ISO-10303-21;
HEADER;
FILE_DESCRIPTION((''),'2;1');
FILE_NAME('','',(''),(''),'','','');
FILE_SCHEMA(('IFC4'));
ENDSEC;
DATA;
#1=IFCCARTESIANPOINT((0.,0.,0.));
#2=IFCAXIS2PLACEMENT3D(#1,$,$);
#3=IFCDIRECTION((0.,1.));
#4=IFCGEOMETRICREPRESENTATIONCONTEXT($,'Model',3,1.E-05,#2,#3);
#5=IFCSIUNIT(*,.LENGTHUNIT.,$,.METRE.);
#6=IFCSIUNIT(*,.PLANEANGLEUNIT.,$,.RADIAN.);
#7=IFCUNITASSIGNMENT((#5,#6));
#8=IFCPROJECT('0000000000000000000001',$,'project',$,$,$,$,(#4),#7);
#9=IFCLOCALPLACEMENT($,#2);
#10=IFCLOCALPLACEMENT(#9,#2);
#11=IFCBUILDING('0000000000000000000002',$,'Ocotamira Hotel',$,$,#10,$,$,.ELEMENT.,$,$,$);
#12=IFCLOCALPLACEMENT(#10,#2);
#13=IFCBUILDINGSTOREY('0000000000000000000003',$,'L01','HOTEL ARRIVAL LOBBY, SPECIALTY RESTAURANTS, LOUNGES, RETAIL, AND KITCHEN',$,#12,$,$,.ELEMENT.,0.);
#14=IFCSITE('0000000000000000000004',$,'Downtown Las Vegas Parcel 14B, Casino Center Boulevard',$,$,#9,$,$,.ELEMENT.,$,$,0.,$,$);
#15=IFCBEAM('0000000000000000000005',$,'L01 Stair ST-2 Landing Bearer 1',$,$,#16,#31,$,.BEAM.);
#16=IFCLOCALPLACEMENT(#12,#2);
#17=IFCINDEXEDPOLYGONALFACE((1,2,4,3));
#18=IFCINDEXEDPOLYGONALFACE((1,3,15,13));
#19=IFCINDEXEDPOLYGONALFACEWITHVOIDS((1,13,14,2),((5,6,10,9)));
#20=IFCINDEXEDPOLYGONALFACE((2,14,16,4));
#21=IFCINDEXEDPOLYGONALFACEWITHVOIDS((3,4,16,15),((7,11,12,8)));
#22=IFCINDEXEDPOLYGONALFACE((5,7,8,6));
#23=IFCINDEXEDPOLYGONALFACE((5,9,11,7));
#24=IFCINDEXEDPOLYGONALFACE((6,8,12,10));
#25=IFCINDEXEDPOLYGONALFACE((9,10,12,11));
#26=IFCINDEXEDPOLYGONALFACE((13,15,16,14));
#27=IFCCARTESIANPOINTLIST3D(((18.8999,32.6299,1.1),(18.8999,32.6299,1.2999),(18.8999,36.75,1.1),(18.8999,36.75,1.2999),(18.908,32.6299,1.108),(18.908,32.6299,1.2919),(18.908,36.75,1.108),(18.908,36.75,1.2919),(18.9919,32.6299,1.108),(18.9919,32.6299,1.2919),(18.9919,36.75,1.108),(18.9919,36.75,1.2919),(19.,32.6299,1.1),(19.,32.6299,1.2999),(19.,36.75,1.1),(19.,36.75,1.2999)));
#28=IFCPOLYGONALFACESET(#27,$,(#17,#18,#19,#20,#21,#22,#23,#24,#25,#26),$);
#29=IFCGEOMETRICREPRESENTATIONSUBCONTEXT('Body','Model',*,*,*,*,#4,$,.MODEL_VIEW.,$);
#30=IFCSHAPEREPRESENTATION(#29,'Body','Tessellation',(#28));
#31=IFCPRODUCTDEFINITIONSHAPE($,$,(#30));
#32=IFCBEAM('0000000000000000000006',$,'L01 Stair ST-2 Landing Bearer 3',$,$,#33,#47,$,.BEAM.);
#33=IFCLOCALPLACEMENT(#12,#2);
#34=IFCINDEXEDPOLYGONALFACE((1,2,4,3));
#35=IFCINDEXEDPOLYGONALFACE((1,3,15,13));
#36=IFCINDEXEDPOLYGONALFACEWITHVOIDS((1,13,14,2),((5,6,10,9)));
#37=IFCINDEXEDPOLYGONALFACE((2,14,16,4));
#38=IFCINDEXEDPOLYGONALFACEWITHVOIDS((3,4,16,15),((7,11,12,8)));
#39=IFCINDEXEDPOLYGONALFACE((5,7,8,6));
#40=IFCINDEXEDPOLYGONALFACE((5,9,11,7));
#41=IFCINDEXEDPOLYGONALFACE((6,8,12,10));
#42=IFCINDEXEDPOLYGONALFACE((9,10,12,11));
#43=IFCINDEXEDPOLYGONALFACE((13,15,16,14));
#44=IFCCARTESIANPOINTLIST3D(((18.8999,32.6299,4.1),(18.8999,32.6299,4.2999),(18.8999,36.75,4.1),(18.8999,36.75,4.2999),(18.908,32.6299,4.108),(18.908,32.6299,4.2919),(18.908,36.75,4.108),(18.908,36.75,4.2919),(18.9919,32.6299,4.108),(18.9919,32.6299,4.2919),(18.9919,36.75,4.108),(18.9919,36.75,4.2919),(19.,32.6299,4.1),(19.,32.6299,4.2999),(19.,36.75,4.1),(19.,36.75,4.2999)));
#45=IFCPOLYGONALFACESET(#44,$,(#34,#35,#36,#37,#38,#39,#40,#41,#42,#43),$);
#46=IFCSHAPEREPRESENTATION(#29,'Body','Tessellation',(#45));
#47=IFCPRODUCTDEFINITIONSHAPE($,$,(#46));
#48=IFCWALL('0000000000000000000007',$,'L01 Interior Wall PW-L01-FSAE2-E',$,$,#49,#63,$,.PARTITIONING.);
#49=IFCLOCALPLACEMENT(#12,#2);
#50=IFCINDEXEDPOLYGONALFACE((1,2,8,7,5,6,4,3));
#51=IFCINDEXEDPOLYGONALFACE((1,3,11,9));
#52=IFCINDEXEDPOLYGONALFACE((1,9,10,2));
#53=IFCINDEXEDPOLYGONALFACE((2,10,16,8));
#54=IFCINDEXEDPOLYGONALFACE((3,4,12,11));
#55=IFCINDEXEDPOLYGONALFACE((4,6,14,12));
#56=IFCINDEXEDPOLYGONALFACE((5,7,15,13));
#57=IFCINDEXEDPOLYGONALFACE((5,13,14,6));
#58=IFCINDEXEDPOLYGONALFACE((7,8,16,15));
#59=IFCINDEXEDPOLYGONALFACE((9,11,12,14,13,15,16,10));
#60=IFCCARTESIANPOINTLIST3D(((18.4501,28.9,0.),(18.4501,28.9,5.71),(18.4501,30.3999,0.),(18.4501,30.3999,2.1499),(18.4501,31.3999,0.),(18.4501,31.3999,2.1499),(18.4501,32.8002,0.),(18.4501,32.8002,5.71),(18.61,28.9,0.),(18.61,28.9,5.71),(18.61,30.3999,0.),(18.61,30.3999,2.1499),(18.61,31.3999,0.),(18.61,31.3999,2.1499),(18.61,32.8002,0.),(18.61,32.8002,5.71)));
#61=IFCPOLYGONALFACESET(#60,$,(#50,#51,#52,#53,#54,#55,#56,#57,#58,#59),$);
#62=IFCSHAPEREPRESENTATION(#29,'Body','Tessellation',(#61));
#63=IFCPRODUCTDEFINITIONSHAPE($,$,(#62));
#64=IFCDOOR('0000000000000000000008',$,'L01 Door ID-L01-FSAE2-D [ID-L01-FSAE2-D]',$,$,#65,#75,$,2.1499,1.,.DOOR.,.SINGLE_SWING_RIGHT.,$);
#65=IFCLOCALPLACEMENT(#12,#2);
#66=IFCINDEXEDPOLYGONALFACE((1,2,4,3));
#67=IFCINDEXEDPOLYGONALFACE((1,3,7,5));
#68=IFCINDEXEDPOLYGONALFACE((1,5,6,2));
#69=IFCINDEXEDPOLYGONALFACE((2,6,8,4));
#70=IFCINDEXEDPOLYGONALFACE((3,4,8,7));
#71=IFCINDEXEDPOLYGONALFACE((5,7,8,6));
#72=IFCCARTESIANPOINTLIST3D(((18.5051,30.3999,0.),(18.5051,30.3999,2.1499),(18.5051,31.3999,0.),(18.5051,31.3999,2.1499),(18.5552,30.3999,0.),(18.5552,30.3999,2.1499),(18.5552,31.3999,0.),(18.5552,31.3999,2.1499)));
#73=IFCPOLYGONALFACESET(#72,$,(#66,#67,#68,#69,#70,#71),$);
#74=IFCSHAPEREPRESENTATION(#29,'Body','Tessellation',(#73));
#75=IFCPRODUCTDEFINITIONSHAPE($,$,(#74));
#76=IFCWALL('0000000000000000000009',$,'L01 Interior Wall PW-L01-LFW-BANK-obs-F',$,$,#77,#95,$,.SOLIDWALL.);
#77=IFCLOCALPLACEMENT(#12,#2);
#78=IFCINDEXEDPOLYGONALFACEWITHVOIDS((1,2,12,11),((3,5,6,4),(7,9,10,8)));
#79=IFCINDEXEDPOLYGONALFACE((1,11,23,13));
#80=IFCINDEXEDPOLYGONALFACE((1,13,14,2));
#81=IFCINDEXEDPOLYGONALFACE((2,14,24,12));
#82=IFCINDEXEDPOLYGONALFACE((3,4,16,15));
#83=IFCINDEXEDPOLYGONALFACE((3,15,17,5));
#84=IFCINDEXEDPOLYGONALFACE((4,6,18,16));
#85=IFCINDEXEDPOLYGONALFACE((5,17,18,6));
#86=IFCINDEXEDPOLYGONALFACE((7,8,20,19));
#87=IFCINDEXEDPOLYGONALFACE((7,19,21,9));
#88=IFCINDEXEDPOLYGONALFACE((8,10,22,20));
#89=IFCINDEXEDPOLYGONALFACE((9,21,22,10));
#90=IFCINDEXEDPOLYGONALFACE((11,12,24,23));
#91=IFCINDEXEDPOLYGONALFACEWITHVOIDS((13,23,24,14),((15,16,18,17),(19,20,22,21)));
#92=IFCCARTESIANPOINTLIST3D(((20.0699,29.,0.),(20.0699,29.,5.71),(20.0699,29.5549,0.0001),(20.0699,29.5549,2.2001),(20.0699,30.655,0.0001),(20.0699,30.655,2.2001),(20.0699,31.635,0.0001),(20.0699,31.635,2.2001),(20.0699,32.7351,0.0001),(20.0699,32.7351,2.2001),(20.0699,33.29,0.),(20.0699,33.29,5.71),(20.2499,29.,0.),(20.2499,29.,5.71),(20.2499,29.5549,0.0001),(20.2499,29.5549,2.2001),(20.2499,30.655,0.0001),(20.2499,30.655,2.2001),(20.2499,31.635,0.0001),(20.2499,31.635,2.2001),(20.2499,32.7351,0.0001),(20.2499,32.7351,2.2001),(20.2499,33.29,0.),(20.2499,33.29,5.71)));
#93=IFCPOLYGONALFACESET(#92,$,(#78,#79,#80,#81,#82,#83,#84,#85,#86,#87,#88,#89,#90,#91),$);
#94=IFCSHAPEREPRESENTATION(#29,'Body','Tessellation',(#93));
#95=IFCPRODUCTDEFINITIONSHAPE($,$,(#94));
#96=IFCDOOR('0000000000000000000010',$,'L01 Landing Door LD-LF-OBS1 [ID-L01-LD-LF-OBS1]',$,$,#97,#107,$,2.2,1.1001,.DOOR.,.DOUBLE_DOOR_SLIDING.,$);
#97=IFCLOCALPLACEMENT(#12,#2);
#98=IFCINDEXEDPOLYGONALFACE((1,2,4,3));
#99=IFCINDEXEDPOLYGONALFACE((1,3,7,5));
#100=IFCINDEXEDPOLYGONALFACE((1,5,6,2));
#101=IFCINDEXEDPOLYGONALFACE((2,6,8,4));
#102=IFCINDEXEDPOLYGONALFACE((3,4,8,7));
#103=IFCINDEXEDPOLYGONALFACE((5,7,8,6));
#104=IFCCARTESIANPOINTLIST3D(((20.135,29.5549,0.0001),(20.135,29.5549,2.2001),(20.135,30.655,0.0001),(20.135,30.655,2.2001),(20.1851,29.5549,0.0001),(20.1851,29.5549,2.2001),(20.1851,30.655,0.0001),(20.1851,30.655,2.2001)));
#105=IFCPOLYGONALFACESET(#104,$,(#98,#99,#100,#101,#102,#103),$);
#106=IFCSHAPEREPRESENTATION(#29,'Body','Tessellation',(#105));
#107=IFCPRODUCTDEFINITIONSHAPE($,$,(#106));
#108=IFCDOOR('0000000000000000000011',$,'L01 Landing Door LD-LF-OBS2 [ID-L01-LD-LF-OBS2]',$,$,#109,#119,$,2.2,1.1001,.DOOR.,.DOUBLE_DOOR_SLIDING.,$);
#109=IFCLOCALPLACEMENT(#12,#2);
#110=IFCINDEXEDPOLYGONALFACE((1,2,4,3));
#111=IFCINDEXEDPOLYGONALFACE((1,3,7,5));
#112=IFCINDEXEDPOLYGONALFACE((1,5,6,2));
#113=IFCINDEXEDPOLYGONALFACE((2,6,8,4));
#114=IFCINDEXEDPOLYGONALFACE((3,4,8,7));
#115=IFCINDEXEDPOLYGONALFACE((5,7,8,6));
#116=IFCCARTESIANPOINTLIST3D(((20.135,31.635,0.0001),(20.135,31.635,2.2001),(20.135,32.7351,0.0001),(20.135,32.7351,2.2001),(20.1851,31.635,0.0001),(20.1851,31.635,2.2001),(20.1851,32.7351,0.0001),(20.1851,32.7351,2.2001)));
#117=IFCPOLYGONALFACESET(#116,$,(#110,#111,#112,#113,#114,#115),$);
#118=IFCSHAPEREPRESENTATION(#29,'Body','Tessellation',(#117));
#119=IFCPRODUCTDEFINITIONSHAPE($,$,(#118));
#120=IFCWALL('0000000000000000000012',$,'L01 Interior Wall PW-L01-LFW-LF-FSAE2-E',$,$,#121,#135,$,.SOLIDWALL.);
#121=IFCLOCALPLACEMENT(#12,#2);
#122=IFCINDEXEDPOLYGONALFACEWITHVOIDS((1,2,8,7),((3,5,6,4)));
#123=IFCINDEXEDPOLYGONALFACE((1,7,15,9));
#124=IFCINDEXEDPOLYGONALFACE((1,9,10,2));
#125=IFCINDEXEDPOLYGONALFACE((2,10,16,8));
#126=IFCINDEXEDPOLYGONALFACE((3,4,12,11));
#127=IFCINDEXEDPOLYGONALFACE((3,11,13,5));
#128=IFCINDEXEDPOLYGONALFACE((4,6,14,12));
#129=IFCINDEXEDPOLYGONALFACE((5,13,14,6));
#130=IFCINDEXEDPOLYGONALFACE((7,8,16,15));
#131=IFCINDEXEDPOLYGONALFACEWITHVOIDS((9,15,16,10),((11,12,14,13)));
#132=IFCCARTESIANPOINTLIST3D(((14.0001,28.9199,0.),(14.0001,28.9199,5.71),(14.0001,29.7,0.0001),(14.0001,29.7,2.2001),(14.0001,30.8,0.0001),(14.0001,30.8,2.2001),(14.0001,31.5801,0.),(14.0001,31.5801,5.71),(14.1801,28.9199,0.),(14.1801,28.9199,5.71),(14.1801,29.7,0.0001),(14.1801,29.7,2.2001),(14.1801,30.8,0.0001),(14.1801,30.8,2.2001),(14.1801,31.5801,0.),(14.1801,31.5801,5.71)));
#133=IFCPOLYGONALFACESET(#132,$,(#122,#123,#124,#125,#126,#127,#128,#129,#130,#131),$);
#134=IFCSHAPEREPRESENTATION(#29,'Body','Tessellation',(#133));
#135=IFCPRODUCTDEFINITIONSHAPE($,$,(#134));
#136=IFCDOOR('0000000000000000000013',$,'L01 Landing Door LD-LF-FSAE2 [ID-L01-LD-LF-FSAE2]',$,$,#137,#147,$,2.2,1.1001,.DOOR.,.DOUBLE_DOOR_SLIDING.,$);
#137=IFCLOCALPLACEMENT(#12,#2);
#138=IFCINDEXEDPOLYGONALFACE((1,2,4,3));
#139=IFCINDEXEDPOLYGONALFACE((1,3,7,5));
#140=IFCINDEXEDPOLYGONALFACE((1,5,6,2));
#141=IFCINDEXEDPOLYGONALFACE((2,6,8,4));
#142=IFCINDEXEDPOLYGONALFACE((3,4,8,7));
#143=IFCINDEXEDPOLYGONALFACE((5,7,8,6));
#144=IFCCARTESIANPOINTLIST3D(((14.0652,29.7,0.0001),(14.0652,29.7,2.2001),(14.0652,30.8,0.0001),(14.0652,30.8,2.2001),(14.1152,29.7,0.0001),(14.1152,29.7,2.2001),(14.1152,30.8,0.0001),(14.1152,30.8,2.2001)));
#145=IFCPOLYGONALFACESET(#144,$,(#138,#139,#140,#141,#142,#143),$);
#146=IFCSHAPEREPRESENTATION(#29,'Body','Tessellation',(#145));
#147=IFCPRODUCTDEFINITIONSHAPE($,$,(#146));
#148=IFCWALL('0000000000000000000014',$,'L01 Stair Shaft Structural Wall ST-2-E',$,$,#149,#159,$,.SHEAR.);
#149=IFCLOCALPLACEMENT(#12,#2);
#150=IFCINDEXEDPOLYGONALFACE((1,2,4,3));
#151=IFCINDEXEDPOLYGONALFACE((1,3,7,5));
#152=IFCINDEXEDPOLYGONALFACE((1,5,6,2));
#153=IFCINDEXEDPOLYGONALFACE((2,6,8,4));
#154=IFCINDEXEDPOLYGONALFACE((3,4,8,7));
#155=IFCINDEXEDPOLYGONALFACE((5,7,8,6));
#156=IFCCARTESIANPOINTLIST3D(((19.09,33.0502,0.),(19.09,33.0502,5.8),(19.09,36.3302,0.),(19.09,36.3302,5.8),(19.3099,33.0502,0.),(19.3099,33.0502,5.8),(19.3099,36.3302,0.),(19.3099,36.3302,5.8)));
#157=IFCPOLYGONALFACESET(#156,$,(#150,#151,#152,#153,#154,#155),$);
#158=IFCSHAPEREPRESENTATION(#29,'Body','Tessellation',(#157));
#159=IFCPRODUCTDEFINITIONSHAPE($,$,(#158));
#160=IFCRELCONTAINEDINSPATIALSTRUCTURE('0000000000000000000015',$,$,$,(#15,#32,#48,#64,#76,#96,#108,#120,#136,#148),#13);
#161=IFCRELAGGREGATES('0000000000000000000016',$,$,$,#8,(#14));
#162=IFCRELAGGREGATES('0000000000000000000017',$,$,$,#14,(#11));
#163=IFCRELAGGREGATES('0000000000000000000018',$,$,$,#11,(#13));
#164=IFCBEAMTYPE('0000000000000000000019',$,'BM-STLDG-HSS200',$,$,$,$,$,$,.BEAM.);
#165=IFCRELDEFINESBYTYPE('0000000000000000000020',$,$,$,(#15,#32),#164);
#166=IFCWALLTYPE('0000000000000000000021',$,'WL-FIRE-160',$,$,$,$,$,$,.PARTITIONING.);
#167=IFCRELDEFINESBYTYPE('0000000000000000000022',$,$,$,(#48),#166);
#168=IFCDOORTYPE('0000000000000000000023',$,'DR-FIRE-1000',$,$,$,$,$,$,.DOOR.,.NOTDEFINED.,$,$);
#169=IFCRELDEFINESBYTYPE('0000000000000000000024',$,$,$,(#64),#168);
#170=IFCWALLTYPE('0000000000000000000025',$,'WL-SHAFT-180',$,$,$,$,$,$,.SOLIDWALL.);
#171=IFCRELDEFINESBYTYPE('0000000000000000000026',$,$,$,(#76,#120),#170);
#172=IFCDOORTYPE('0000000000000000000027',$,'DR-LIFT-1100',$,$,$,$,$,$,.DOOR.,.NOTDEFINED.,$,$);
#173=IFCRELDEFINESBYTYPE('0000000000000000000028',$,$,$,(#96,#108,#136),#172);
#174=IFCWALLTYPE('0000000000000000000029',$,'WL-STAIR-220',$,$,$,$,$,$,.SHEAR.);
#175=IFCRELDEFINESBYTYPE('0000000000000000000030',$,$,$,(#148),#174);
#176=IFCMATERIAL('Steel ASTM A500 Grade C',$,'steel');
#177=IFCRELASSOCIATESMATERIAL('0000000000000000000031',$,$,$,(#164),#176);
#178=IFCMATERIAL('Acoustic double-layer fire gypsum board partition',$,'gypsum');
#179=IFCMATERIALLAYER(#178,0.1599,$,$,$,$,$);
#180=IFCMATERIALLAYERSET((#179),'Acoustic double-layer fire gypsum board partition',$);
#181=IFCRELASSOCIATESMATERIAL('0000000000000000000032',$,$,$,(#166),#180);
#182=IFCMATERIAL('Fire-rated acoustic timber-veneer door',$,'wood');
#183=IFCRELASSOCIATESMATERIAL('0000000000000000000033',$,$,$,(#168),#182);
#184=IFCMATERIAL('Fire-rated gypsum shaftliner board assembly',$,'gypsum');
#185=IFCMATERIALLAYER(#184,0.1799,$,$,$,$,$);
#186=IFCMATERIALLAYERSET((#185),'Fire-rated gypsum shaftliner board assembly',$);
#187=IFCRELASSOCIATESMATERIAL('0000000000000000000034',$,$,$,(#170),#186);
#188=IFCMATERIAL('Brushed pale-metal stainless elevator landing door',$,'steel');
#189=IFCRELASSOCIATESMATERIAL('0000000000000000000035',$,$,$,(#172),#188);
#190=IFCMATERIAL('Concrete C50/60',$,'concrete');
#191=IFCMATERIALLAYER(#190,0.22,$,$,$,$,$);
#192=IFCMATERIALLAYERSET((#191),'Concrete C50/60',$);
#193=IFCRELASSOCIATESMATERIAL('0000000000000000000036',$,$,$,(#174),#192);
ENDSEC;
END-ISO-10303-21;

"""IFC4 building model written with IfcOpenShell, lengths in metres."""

from ifc_helpers import new_model, si_unit, direction, frame, frame_2d, origin, origin_2d, place, context, subcontext, project, spatial, rectangle, hollow_rectangle, extrude, source, transform, mapped, material, layer, layer_set, material_profile, profile_set, type_object, element, fill, save


model = new_model("IFC4")

# Units and contexts
model_context = context("Model", 3, precision=1e-05, world=origin(), true_north=direction((0.0, 1.0)))
body_context = subcontext(model_context, "Body", "Model", "MODEL_VIEW")
ifc_project = project(units=[si_unit("LENGTHUNIT", "METRE"), si_unit("PLANEANGLEUNIT", "RADIAN")], contexts=[model_context])

# Site, building, storey
site_placement = place(None, origin())
site = spatial("IfcSite", under=ifc_project, at=site_placement, Name="Downtown Las Vegas Parcel 14B, Casino Center Boulevard", CompositionType="ELEMENT", RefElevation=0.0)
building_placement = place(site_placement, origin())
building = spatial("IfcBuilding", under=site, at=building_placement, Name="Ocotamira Hotel", CompositionType="ELEMENT")
storey_placement = place(building_placement, origin())
storey = spatial("IfcBuildingStorey", under=building, at=storey_placement, Name="L01", Description="HOTEL ARRIVAL LOBBY, SPECIALTY RESTAURANTS, LOUNGES, RETAIL, AND KITCHEN", CompositionType="ELEMENT", Elevation=0.0)

# Beams
ifc_material_1 = material(Name="Steel ASTM A500 Grade C", Category="steel")
ifc_material_profile = material_profile(ifc_material_1, hollow_rectangle(XDim=0.1001, YDim=0.2, WallThickness=0.0081, at=origin_2d()), Name="HSS200X100X8")
ifc_profile_set = profile_set([ifc_material_profile], Name="Steel ASTM A500 Grade C")
beam_type = type_object("IfcBeamType", Name="BM-STLDG-HSS200", PredefinedType="BEAM", material=ifc_profile_set)
shared_shape_1 = source(origin(), body_context, "Body", "SweptSolid", [
    extrude(hollow_rectangle(XDim=0.1001, YDim=0.2, WallThickness=0.0081, at=origin_2d()), origin(), (0.0, 0.0, 1.0), 4.1201),
])
for number, where, z_axis, x_axis, name in (
    (1, (18.95, 32.6299, 1.2), (0.0, 1.0, 0.0), (-1.0, 0.0, 0.0), "L01 Stair ST-2 Landing Bearer 1"),
    (2, (18.95, 32.6299, 4.2), (0.0, 1.0, 0.0), (-1.0, 0.0, 0.0), "L01 Stair ST-2 Landing Bearer 3"),
):
    element("IfcBeam", number, at=place(storey_placement, frame(where, z_axis=z_axis, x_axis=x_axis)), inside=storey, type_object=beam_type, Name=name, PredefinedType="BEAM", context=body_context, shape_type="MappedRepresentation", body=[
        mapped(shared_shape_1, transform((0.0, 0.0, 0.0), scale=1.0)),
    ])

# Wall, opening, door
ifc_material_2 = material(Name="Acoustic double-layer fire gypsum board partition", Category="gypsum")
ifc_layer_1 = layer(ifc_material_2, 0.1599)
ifc_layer_set_1 = layer_set([ifc_layer_1], Name="Acoustic double-layer fire gypsum board partition")
wall_type_1 = type_object("IfcWallType", Name="WL-FIRE-160", PredefinedType="PARTITIONING", material=ifc_layer_set_1)
wall_1_placement = place(storey_placement, frame((18.53, 28.8999, 0.0), z_axis=(0.0, 0.0, 1.0), x_axis=(0.0, 1.0, 0.0)))
wall_1 = element("IfcWall", 3, at=wall_1_placement, inside=storey, type_object=wall_type_1, Name="L01 Interior Wall PW-L01-FSAE2-E", PredefinedType="PARTITIONING", context=body_context, shape_type="SweptSolid", body=[
    extrude(rectangle(XDim=3.9001, YDim=0.1599, at=frame_2d((1.9502, 0.0))), origin(), (0.0, 0.0, 1.0), 5.71),
])
opening_1_placement = place(wall_1_placement, frame((1.5, 0.0, 0.0)))
opening_1 = element("IfcOpeningElement", 4, at=opening_1_placement, cuts=wall_1, PredefinedType="OPENING", context=body_context, shape_type="SweptSolid", body=[
    extrude(rectangle(XDim=1.0, YDim=2.1499, at=frame_2d((0.5, 1.075))), frame((0.0, 0.0898, 0.0), z_axis=(0.0, -1.0, 0.0), x_axis=(1.0, 0.0, 0.0)), (0.0, 0.0, 1.0), 0.1799),
])
ifc_material_3 = material(Name="Fire-rated acoustic timber-veneer door", Category="wood")
door_type_1 = type_object("IfcDoorType", Name="DR-FIRE-1000", OperationType="NOTDEFINED", PredefinedType="DOOR", material=ifc_material_3)
shared_shape_2 = source(origin(), body_context, "Body", "SweptSolid", [
    extrude(rectangle(XDim=1.0, YDim=2.1499, at=frame_2d((0.5, 1.075))), frame((0.0, 0.0249, 0.0), z_axis=(0.0, -1.0, 0.0), x_axis=(1.0, 0.0, 0.0)), (0.0, 0.0, 1.0), 0.05),
])
door_1_placement = place(opening_1_placement, origin())
door_1 = element("IfcDoor", 5, at=door_1_placement, inside=storey, type_object=door_type_1, Name="L01 Door ID-L01-FSAE2-D [ID-L01-FSAE2-D]", OperationType="SINGLE_SWING_RIGHT", OverallHeight=2.1499, OverallWidth=1.0, PredefinedType="DOOR", context=body_context, shape_type="MappedRepresentation", body=[
    mapped(shared_shape_2, transform((0.0, 0.0, 0.0), scale=1.0)),
])
fill(opening_1, door_1)

# Wall, openings, doors
ifc_material_4 = material(Name="Fire-rated gypsum shaftliner board assembly", Category="gypsum")
ifc_layer_2 = layer(ifc_material_4, 0.1799)
ifc_layer_set_2 = layer_set([ifc_layer_2], Name="Fire-rated gypsum shaftliner board assembly")
wall_type_2 = type_object("IfcWallType", Name="WL-SHAFT-180", PredefinedType="SOLIDWALL", material=ifc_layer_set_2)
wall_2_placement = place(storey_placement, frame((20.1599, 29.0, 0.0), z_axis=(0.0, 0.0, 1.0), x_axis=(0.0, 1.0, 0.0)))
wall_2 = element("IfcWall", 6, at=wall_2_placement, inside=storey, type_object=wall_type_2, Name="L01 Interior Wall PW-L01-LFW-BANK-obs-F", PredefinedType="SOLIDWALL", context=body_context, shape_type="SweptSolid", body=[
    extrude(rectangle(XDim=4.29, YDim=0.1799, at=frame_2d((2.145, 0.0))), origin(), (0.0, 0.0, 1.0), 5.71),
])
opening_2_placement = place(wall_2_placement, frame((0.5549, 0.0, 0.0)))
opening_2 = element("IfcOpeningElement", 7, at=opening_2_placement, cuts=wall_2, PredefinedType="OPENING", context=body_context, shape_type="SweptSolid", body=[
    extrude(rectangle(XDim=1.1001, YDim=2.2, at=frame_2d((0.55, 1.1001))), frame((0.0, 0.1001, 0.0), z_axis=(0.0, -1.0, 0.0), x_axis=(1.0, 0.0, 0.0)), (0.0, 0.0, 1.0), 0.2),
])
opening_3_placement = place(wall_2_placement, frame((2.635, 0.0, 0.0)))
opening_3 = element("IfcOpeningElement", 8, at=opening_3_placement, cuts=wall_2, PredefinedType="OPENING", context=body_context, shape_type="SweptSolid", body=[
    extrude(rectangle(XDim=1.1001, YDim=2.2, at=frame_2d((0.55, 1.1001))), frame((0.0, 0.1001, 0.0), z_axis=(0.0, -1.0, 0.0), x_axis=(1.0, 0.0, 0.0)), (0.0, 0.0, 1.0), 0.2),
])
ifc_material_5 = material(Name="Brushed pale-metal stainless elevator landing door", Category="steel")
door_type_2 = type_object("IfcDoorType", Name="DR-LIFT-1100", OperationType="NOTDEFINED", PredefinedType="DOOR", material=ifc_material_5)
shared_shape_3 = source(origin(), body_context, "Body", "SweptSolid", [
    extrude(rectangle(XDim=1.1001, YDim=2.2, at=frame_2d((0.55, 1.1001))), frame((0.0, 0.0249, 0.0), z_axis=(0.0, -1.0, 0.0), x_axis=(1.0, 0.0, 0.0)), (0.0, 0.0, 1.0), 0.05),
])
door_2_placement = place(opening_2_placement, origin())
door_2 = element("IfcDoor", 9, at=door_2_placement, inside=storey, type_object=door_type_2, Name="L01 Landing Door LD-LF-OBS1 [ID-L01-LD-LF-OBS1]", OperationType="DOUBLE_DOOR_SLIDING", OverallHeight=2.2, OverallWidth=1.1001, PredefinedType="DOOR", context=body_context, shape_type="MappedRepresentation", body=[
    mapped(shared_shape_3, transform((0.0, 0.0, 0.0), scale=1.0)),
])
fill(opening_2, door_2)
door_3_placement = place(opening_3_placement, origin())
door_3 = element("IfcDoor", 10, at=door_3_placement, inside=storey, type_object=door_type_2, Name="L01 Landing Door LD-LF-OBS2 [ID-L01-LD-LF-OBS2]", OperationType="DOUBLE_DOOR_SLIDING", OverallHeight=2.2, OverallWidth=1.1001, PredefinedType="DOOR", context=body_context, shape_type="MappedRepresentation", body=[
    mapped(shared_shape_3, transform((0.0, 0.0, 0.0), scale=1.0)),
])
fill(opening_3, door_3)

# Wall, opening, door
wall_3_placement = place(storey_placement, frame((14.0901, 28.9199, 0.0), z_axis=(0.0, 0.0, 1.0), x_axis=(0.0, 1.0, 0.0)))
wall_3 = element("IfcWall", 11, at=wall_3_placement, inside=storey, type_object=wall_type_2, Name="L01 Interior Wall PW-L01-LFW-LF-FSAE2-E", PredefinedType="SOLIDWALL", context=body_context, shape_type="SweptSolid", body=[
    extrude(rectangle(XDim=2.6602, YDim=0.1799, at=frame_2d((1.3301, 0.0))), origin(), (0.0, 0.0, 1.0), 5.71),
])
opening_4_placement = place(wall_3_placement, frame((0.78, 0.0, 0.0)))
opening_4 = element("IfcOpeningElement", 12, at=opening_4_placement, cuts=wall_3, PredefinedType="OPENING", context=body_context, shape_type="SweptSolid", body=[
    extrude(rectangle(XDim=1.1001, YDim=2.2, at=frame_2d((0.55, 1.1001))), frame((0.0, 0.1001, 0.0), z_axis=(0.0, -1.0, 0.0), x_axis=(1.0, 0.0, 0.0)), (0.0, 0.0, 1.0), 0.2),
])
door_4_placement = place(opening_4_placement, origin())
door_4 = element("IfcDoor", 13, at=door_4_placement, inside=storey, type_object=door_type_2, Name="L01 Landing Door LD-LF-FSAE2 [ID-L01-LD-LF-FSAE2]", OperationType="DOUBLE_DOOR_SLIDING", OverallHeight=2.2, OverallWidth=1.1001, PredefinedType="DOOR", context=body_context, shape_type="MappedRepresentation", body=[
    mapped(shared_shape_3, transform((0.0, 0.0, 0.0), scale=1.0)),
])
fill(opening_4, door_4)

# Wall
ifc_material_6 = material(Name="Concrete C50/60", Category="concrete")
ifc_layer_3 = layer(ifc_material_6, 0.22)
ifc_layer_set_3 = layer_set([ifc_layer_3], Name="Concrete C50/60")
wall_type_3 = type_object("IfcWallType", Name="WL-STAIR-220", PredefinedType="SHEAR", material=ifc_layer_set_3)
wall_4_placement = place(storey_placement, frame((19.2, 33.05, 0.0), z_axis=(0.0, 0.0, 1.0), x_axis=(0.0, 1.0, 0.0)))
element("IfcWall", 14, at=wall_4_placement, inside=storey, type_object=wall_type_3, Name="L01 Stair Shaft Structural Wall ST-2-E", PredefinedType="SHEAR", context=body_context, shape_type="SweptSolid", body=[
    extrude(rectangle(XDim=3.28, YDim=0.22, at=frame_2d((1.6401, 0.0))), origin(), (0.0, 0.0, 1.0), 5.8),
])

save(model, "model.ifc")
